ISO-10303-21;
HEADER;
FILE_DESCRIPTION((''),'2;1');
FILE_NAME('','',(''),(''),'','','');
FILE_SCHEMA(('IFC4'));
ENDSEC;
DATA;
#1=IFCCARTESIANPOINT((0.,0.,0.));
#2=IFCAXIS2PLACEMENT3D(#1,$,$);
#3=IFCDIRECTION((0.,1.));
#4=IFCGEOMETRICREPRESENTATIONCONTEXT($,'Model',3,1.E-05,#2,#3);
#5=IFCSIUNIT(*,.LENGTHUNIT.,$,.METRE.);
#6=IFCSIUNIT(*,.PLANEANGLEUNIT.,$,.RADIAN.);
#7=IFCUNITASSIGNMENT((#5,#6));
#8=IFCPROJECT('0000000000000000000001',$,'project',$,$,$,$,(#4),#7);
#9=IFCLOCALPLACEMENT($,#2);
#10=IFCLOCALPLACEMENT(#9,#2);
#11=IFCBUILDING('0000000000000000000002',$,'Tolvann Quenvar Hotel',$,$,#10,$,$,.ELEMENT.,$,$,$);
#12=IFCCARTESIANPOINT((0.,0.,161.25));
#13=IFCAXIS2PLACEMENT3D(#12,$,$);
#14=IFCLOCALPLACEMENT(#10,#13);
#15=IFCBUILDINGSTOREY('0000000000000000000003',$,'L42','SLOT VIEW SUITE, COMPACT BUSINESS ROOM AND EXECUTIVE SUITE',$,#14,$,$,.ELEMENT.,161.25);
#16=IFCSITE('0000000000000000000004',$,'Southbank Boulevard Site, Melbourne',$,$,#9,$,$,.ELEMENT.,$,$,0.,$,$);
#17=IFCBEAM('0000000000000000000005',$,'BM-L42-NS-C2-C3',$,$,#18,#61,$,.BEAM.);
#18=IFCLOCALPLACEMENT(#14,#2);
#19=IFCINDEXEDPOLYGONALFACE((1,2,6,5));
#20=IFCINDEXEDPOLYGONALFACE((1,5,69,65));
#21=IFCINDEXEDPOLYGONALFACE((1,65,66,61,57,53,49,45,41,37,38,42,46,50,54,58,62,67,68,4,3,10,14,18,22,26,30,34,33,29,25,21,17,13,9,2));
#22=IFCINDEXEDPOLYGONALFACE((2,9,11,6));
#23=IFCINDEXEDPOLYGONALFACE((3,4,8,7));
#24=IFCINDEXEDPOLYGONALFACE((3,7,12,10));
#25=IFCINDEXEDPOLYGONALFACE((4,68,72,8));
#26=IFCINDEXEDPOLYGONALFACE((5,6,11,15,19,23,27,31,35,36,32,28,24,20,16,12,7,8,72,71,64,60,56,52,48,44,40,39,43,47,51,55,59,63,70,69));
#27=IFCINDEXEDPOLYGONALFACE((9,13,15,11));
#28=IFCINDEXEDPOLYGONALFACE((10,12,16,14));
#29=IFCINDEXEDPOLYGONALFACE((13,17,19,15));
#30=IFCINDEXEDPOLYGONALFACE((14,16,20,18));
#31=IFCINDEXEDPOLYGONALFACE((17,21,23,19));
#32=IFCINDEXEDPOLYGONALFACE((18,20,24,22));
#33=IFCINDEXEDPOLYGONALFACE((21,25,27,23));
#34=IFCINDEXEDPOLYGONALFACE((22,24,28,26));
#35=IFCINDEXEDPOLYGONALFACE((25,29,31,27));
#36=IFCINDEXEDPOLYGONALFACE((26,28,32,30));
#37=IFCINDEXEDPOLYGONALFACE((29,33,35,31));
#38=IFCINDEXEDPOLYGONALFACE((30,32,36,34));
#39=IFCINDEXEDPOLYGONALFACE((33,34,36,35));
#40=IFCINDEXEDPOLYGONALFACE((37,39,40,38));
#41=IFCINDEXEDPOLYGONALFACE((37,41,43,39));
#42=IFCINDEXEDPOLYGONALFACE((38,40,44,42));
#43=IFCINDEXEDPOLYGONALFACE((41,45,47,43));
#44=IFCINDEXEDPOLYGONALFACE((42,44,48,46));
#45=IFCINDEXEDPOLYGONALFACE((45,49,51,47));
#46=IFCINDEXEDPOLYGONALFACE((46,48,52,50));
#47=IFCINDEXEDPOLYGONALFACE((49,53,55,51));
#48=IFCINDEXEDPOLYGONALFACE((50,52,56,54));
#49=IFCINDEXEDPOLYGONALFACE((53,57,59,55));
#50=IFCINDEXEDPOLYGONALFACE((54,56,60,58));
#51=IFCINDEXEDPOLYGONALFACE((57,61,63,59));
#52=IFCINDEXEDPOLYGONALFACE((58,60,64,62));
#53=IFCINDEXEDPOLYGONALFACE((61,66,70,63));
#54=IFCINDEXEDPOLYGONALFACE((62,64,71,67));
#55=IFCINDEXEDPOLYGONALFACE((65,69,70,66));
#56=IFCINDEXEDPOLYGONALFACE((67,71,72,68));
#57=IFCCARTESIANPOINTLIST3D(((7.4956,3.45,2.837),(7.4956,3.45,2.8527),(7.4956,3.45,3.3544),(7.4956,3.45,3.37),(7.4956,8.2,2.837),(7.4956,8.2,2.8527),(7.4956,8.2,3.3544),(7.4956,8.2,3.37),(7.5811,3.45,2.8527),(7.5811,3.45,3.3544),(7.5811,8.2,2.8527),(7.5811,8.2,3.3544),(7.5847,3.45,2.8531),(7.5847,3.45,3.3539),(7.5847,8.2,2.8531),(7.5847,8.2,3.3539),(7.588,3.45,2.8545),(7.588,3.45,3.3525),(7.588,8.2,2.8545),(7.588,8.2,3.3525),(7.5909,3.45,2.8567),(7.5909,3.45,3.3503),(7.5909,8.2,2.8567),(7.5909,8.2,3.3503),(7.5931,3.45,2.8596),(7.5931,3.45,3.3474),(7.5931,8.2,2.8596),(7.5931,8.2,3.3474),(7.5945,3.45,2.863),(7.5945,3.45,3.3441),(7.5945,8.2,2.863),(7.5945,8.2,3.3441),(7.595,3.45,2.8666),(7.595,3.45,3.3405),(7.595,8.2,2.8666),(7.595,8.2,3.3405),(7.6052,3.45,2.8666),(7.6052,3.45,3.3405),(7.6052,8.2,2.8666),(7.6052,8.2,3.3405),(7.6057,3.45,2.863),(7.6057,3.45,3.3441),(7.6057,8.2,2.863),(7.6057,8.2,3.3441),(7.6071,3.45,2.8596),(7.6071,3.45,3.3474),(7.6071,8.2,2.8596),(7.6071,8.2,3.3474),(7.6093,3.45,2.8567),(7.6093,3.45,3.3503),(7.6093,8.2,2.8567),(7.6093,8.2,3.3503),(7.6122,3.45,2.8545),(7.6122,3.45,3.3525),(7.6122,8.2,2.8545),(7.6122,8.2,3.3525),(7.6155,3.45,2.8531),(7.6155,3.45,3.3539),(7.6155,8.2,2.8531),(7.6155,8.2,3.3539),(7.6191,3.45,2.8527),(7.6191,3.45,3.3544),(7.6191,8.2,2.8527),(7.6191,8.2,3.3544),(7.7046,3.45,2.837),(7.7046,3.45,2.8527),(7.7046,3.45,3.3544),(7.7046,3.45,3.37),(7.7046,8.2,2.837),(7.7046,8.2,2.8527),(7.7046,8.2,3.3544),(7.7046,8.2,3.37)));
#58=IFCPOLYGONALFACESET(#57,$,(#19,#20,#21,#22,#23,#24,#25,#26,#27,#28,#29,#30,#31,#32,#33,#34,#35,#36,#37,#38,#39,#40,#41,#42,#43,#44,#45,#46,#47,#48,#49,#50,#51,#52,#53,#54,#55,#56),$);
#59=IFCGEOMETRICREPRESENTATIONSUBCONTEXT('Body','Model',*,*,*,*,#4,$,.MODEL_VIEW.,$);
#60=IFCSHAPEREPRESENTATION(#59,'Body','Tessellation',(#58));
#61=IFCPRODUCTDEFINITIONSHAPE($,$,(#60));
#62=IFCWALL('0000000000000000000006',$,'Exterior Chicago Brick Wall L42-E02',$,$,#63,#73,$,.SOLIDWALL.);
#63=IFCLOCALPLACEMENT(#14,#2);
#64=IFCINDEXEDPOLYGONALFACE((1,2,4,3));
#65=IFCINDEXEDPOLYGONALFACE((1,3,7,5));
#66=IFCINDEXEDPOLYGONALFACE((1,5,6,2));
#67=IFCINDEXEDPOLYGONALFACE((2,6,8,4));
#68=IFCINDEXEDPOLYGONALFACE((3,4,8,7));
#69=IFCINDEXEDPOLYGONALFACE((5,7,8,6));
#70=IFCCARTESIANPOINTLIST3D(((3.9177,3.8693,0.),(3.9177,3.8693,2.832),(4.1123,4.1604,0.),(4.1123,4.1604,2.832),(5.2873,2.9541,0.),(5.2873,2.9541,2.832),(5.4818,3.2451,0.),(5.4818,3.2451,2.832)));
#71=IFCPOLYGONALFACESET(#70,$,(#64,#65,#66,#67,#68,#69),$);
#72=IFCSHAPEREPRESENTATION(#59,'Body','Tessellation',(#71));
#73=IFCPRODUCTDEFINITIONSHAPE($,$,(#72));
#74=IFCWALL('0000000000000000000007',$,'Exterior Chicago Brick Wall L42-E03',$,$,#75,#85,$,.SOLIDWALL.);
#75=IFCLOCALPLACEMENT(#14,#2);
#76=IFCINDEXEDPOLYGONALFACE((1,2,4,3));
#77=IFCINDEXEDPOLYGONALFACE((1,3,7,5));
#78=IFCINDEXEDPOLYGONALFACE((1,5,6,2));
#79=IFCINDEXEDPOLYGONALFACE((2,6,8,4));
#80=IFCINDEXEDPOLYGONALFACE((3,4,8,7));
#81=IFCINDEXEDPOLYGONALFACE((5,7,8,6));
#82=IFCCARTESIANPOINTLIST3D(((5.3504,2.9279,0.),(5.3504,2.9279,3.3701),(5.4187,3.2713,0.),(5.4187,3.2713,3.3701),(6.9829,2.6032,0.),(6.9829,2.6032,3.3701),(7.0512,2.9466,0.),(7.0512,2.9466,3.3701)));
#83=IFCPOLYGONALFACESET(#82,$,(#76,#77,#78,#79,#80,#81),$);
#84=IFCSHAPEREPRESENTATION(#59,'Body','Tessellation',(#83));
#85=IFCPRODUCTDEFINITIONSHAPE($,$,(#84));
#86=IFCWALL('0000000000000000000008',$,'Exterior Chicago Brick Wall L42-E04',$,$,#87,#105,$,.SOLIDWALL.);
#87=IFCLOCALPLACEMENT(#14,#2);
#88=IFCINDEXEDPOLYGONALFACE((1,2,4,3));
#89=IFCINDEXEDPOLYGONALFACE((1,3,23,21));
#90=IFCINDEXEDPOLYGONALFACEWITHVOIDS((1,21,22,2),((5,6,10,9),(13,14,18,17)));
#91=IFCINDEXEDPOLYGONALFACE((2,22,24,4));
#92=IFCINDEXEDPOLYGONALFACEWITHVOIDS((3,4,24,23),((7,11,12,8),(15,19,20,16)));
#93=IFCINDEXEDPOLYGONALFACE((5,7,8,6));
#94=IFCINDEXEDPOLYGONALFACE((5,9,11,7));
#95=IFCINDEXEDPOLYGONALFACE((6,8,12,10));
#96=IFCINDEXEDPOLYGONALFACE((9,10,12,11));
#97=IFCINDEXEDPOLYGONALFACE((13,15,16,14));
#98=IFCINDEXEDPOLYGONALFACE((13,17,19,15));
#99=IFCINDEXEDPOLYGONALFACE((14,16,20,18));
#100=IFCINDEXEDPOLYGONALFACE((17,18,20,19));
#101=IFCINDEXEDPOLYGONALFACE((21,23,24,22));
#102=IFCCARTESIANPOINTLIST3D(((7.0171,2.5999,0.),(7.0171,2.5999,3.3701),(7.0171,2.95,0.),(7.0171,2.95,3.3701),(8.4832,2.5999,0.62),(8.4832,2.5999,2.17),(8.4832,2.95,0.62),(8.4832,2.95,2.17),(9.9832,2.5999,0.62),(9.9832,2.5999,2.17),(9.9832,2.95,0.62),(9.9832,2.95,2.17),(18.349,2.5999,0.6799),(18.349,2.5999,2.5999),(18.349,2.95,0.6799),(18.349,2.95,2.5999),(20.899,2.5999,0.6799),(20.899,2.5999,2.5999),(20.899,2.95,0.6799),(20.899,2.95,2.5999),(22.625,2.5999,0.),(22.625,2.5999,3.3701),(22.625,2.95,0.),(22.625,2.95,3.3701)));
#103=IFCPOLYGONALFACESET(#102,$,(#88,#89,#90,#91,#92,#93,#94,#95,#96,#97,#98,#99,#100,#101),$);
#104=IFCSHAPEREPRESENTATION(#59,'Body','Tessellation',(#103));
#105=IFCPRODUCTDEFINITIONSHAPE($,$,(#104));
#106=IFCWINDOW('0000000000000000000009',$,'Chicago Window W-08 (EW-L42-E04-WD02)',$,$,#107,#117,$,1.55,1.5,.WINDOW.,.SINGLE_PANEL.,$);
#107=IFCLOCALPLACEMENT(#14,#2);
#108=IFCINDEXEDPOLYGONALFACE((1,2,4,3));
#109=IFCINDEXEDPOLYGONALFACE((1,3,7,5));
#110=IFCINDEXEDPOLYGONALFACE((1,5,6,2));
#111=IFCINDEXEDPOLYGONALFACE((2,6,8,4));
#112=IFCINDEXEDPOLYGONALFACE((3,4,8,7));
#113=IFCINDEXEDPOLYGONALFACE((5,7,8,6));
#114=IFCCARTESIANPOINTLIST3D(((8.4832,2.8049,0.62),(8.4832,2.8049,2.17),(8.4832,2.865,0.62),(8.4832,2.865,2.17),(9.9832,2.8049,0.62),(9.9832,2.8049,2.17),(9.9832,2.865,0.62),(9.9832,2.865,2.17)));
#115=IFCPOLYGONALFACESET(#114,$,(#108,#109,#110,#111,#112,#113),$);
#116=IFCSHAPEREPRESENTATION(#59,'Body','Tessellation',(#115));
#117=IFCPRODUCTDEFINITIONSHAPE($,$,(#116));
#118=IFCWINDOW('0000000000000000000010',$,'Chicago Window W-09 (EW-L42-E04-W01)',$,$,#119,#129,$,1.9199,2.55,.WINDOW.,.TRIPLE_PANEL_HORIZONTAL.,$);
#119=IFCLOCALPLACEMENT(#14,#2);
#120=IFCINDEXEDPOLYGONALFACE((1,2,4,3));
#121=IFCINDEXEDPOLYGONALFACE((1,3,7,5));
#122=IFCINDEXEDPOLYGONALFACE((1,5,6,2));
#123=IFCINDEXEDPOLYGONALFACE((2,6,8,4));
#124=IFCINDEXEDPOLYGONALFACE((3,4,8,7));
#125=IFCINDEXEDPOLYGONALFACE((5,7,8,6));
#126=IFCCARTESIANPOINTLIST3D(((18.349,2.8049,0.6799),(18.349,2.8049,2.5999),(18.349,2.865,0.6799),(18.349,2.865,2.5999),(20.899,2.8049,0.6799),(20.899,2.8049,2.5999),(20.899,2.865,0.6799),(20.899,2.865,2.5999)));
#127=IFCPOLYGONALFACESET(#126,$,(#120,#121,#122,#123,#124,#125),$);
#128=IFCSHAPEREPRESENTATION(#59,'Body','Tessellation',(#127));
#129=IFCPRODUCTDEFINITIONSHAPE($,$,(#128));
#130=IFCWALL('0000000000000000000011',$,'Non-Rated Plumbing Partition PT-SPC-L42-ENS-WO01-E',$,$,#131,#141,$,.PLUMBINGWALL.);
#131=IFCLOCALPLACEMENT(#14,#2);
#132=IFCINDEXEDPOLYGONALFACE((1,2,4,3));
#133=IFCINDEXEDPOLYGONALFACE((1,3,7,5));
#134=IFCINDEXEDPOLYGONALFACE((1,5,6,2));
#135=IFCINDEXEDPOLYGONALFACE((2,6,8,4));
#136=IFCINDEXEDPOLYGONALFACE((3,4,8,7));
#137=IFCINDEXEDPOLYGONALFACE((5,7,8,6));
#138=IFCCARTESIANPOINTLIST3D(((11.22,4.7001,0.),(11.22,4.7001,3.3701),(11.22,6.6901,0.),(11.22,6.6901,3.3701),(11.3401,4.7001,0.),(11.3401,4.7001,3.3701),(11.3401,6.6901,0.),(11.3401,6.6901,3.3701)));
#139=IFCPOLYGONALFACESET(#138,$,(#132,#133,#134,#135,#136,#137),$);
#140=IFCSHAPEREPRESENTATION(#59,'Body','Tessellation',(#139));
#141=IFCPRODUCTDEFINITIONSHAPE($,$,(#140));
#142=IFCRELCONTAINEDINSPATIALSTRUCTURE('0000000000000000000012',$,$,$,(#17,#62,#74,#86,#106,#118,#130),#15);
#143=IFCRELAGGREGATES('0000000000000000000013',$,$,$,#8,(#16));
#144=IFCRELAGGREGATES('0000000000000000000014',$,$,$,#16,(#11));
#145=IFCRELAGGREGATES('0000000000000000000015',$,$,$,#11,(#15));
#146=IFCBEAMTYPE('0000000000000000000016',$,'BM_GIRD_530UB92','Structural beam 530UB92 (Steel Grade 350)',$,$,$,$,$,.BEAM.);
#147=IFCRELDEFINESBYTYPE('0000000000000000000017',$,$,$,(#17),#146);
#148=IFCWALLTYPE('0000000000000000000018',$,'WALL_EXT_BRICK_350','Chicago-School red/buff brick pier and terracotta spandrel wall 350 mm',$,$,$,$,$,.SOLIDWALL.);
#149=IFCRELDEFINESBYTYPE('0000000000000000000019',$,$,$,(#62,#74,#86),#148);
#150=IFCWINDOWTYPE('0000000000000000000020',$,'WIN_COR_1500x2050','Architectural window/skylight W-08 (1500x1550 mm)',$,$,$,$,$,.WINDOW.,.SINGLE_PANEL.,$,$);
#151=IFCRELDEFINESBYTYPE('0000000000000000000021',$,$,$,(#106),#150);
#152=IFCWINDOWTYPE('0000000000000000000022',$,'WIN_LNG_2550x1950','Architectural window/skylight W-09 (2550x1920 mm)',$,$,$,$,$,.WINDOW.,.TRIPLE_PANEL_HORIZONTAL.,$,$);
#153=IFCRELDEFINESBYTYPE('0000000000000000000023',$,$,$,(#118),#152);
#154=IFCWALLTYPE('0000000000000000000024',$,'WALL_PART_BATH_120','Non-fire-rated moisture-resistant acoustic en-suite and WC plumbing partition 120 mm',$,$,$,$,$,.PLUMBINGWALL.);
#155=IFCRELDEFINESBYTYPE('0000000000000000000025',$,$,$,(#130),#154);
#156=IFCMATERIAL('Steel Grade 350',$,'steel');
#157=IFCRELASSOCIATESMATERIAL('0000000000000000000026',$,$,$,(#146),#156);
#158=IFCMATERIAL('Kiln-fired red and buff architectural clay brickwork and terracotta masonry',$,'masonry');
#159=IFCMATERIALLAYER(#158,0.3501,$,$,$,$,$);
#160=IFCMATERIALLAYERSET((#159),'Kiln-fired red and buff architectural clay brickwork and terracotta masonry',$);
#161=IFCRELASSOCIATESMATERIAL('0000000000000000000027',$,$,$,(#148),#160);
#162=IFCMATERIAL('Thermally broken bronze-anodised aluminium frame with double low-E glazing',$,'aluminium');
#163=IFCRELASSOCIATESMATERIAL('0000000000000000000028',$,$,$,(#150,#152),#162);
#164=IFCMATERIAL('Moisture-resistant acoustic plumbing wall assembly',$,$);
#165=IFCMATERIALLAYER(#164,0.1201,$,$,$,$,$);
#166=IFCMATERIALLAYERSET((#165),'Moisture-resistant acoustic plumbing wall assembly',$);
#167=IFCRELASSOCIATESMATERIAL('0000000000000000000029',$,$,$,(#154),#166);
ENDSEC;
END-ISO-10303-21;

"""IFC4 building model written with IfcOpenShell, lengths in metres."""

from ifc_helpers import new_model, si_unit, direction, frame, frame_2d, origin, origin_2d, place, context, subcontext, project, spatial, rectangle, i_section, extrude, source, transform, mapped, material, layer, layer_set, material_profile, profile_set, type_object, type_shapes, element, fill, save


model = new_model("IFC4")

# Units and contexts
model_context = context("Model", 3, precision=1e-05, world=origin(), true_north=direction((0.0, 1.0)))
body_context = subcontext(model_context, "Body", "Model", "MODEL_VIEW")
ifc_project = project(units=[si_unit("LENGTHUNIT", "METRE"), si_unit("PLANEANGLEUNIT", "RADIAN")], contexts=[model_context])

# Site, building, storey
site_placement = place(None, origin())
site = spatial("IfcSite", under=ifc_project, at=site_placement, Name="Southbank Boulevard Site, Melbourne", CompositionType="ELEMENT", RefElevation=0.0)
building_placement = place(site_placement, origin())
building = spatial("IfcBuilding", under=site, at=building_placement, Name="Tolvann Quenvar Hotel", CompositionType="ELEMENT")
storey_placement = place(building_placement, frame((0.0, 0.0, 161.25)))
storey = spatial("IfcBuildingStorey", under=building, at=storey_placement, Name="L42", Description="SLOT VIEW SUITE, COMPACT BUSINESS ROOM AND EXECUTIVE SUITE", CompositionType="ELEMENT", Elevation=161.25)

# Beam
ifc_material_1 = material(Name="Steel Grade 350", Category="steel")
ifc_material_profile_1 = material_profile(ifc_material_1, i_section(OverallWidth=0.209, OverallDepth=0.533, WebThickness=0.0103, FlangeThickness=0.0156, FilletRadius=0.0139, at=origin_2d()), Name="530UB92")
ifc_profile_set_1 = profile_set([ifc_material_profile_1], Name="Steel Grade 350")
beam_type_1 = type_object("IfcBeamType", Name="BM_GIRD_530UB92", Description="Structural beam 530UB92 (Steel Grade 350)", PredefinedType="BEAM", material=ifc_profile_set_1)
shared_shape_1 = source(origin(), body_context, "Body", "SweptSolid", [
    extrude(i_section(OverallWidth=0.209, OverallDepth=0.533, WebThickness=0.0103, FlangeThickness=0.0156, FilletRadius=0.0139, at=origin_2d()), origin(), (0.0, 0.0, 1.0), 4.75),
])
type_shapes(beam_type_1, [shared_shape_1])
beam_1_placement = place(storey_placement, frame((7.6001, 3.45, 3.1035), z_axis=(0.0, 1.0, 0.0), x_axis=(-1.0, 0.0, 0.0)))
element("IfcBeam", 1, at=beam_1_placement, inside=storey, type_object=beam_type_1, Name="BM-L42-NS-C2-C3", PredefinedType="BEAM", context=body_context, shape_type="MappedRepresentation", body=[
    mapped(shared_shape_1, transform((0.0, 0.0, 0.0), x_axis=(1.0, 0.0, 0.0), y_axis=(0.0, 1.0, 0.0), z_axis=(0.0, 0.0, 1.0), scale=1.0)),
])

# Walls
ifc_material_2 = material(Name="Kiln-fired red and buff architectural clay brickwork and terracotta masonry", Category="masonry")
ifc_layer_1 = layer(ifc_material_2, 0.3501)
ifc_layer_set_1 = layer_set([ifc_layer_1], Name="Kiln-fired red and buff architectural clay brickwork and terracotta masonry")
wall_type_1 = type_object("IfcWallType", Name="WALL_EXT_BRICK_350", Description="Chicago-School red/buff brick pier and terracotta spandrel wall 350 mm", PredefinedType="SOLIDWALL", material=ifc_layer_set_1)
wall_1_placement = place(storey_placement, frame((4.0149, 4.0149, 0.0), z_axis=(0.0, 0.0, 1.0), x_axis=(0.831434, -0.555623, 0.0)))
element("IfcWall", 2, at=wall_1_placement, inside=storey, type_object=wall_type_1, Name="Exterior Chicago Brick Wall L42-E02", PredefinedType="SOLIDWALL", context=body_context, shape_type="SweptSolid", body=[
    extrude(rectangle(XDim=1.6472, YDim=0.3501, at=frame_2d((0.8237, 0.0))), origin(), (0.0, 0.0, 1.0), 2.832),
])
wall_2_placement = place(storey_placement, frame((5.3845, 3.0996, 0.0), z_axis=(0.0, 0.0, 1.0), x_axis=(0.980789, -0.195072, 0.0)))
element("IfcWall", 3, at=wall_2_placement, inside=storey, type_object=wall_type_1, Name="Exterior Chicago Brick Wall L42-E03", PredefinedType="SOLIDWALL", context=body_context, shape_type="SweptSolid", body=[
    extrude(rectangle(XDim=1.6646, YDim=0.3501, at=frame_2d((0.8323, 0.0))), origin(), (0.0, 0.0, 1.0), 3.3701),
])

# Wall, openings, windows
wall_3_placement = place(storey_placement, frame((7.0171, 2.7749, 0.0), z_axis=(0.0, 0.0, 1.0), x_axis=(1.0, 0.0, 0.0)))
wall_3 = element("IfcWall", 4, at=wall_3_placement, inside=storey, type_object=wall_type_1, Name="Exterior Chicago Brick Wall L42-E04", PredefinedType="SOLIDWALL", context=body_context, shape_type="SweptSolid", body=[
    extrude(rectangle(XDim=15.6079, YDim=0.3501, at=frame_2d((7.804, 0.0))), origin(), (0.0, 0.0, 1.0), 3.3701),
])
opening_1_placement = place(wall_3_placement, frame((11.332, 0.0, 0.6799)))
opening_1 = element("IfcOpeningElement", 5, at=opening_1_placement, cuts=wall_3, PredefinedType="OPENING", context=body_context, shape_type="SweptSolid", body=[
    extrude(rectangle(XDim=2.55, YDim=1.9199, at=frame_2d((1.2749, 0.96))), frame((0.0, 0.1851, 0.0), z_axis=(0.0, -1.0, 0.0), x_axis=(1.0, 0.0, 0.0)), (0.0, 0.0, 1.0), 0.3701),
])
opening_2_placement = place(wall_3_placement, frame((1.4661, 0.0, 0.6201)))
opening_2 = element("IfcOpeningElement", 6, at=opening_2_placement, cuts=wall_3, PredefinedType="OPENING", context=body_context, shape_type="SweptSolid", body=[
    extrude(rectangle(XDim=1.5, YDim=1.55, at=frame_2d((0.75, 0.7749))), frame((0.0, 0.1851, 0.0), z_axis=(0.0, -1.0, 0.0), x_axis=(1.0, 0.0, 0.0)), (0.0, 0.0, 1.0), 0.3701),
])
ifc_material_3 = material(Name="Thermally broken bronze-anodised aluminium frame with double low-E glazing", Category="aluminium")
window_type_1 = type_object("IfcWindowType", Name="WIN_COR_1500x2050", Description="Architectural window/skylight W-08 (1500x1550 mm)", PartitioningType="SINGLE_PANEL", PredefinedType="WINDOW", material=ifc_material_3)
shared_shape_2 = source(origin(), body_context, "Body", "SweptSolid", [
    extrude(rectangle(XDim=1.5, YDim=1.55, at=frame_2d((0.75, 0.7749))), frame((0.0, 0.0901, 0.0), z_axis=(0.0, -1.0, 0.0), x_axis=(1.0, 0.0, 0.0)), (0.0, 0.0, 1.0), 0.0601),
])
type_shapes(window_type_1, [shared_shape_2])
window_1_placement = place(opening_2_placement, origin())
window_1 = element("IfcWindow", 7, at=window_1_placement, inside=storey, type_object=window_type_1, Name="Chicago Window W-08 (EW-L42-E04-WD02)", OverallHeight=1.55, OverallWidth=1.5, PartitioningType="SINGLE_PANEL", PredefinedType="WINDOW", context=body_context, shape_type="MappedRepresentation", body=[
    mapped(shared_shape_2, transform((0.0, 0.0, 0.0), x_axis=(1.0, 0.0, 0.0), y_axis=(0.0, 1.0, 0.0), z_axis=(0.0, 0.0, 1.0), scale=1.0)),
])
fill(opening_2, window_1)
window_type_2 = type_object("IfcWindowType", Name="WIN_LNG_2550x1950", Description="Architectural window/skylight W-09 (2550x1920 mm)", PartitioningType="TRIPLE_PANEL_HORIZONTAL", PredefinedType="WINDOW", material=ifc_material_3)
shared_shape_3 = source(origin(), body_context, "Body", "SweptSolid", [
    extrude(rectangle(XDim=2.55, YDim=1.9199, at=frame_2d((1.2749, 0.96))), frame((0.0, 0.0901, 0.0), z_axis=(0.0, -1.0, 0.0), x_axis=(1.0, 0.0, 0.0)), (0.0, 0.0, 1.0), 0.0601),
])
type_shapes(window_type_2, [shared_shape_3])
window_2_placement = place(opening_1_placement, origin())
window_2 = element("IfcWindow", 8, at=window_2_placement, inside=storey, type_object=window_type_2, Name="Chicago Window W-09 (EW-L42-E04-W01)", OverallHeight=1.9199, OverallWidth=2.55, PartitioningType="TRIPLE_PANEL_HORIZONTAL", PredefinedType="WINDOW", context=body_context, shape_type="MappedRepresentation", body=[
    mapped(shared_shape_3, transform((0.0, 0.0, 0.0), x_axis=(1.0, 0.0, 0.0), y_axis=(0.0, 1.0, 0.0), z_axis=(0.0, 0.0, 1.0), scale=1.0)),
])
fill(opening_1, window_2)

# Wall
ifc_material_4 = material(Name="Moisture-resistant acoustic plumbing wall assembly")
ifc_layer_2 = layer(ifc_material_4, 0.1201)
ifc_layer_set_2 = layer_set([ifc_layer_2], Name="Moisture-resistant acoustic plumbing wall assembly")
wall_type_2 = type_object("IfcWallType", Name="WALL_PART_BATH_120", Description="Non-fire-rated moisture-resistant acoustic en-suite and WC plumbing partition 120 mm", PredefinedType="PLUMBINGWALL", material=ifc_layer_set_2)
wall_4_placement = place(storey_placement, frame((11.28, 4.7, 0.0), z_axis=(0.0, 0.0, 1.0), x_axis=(0.0, 1.0, 0.0)))
element("IfcWall", 9, at=wall_4_placement, inside=storey, type_object=wall_type_2, Name="Non-Rated Plumbing Partition PT-SPC-L42-ENS-WO01-E", PredefinedType="PLUMBINGWALL", context=body_context, shape_type="SweptSolid", body=[
    extrude(rectangle(XDim=1.99, YDim=0.1201, at=frame_2d((0.9951, 0.0))), origin(), (0.0, 0.0, 1.0), 3.3701),
])

save(model, "model.ifc")
